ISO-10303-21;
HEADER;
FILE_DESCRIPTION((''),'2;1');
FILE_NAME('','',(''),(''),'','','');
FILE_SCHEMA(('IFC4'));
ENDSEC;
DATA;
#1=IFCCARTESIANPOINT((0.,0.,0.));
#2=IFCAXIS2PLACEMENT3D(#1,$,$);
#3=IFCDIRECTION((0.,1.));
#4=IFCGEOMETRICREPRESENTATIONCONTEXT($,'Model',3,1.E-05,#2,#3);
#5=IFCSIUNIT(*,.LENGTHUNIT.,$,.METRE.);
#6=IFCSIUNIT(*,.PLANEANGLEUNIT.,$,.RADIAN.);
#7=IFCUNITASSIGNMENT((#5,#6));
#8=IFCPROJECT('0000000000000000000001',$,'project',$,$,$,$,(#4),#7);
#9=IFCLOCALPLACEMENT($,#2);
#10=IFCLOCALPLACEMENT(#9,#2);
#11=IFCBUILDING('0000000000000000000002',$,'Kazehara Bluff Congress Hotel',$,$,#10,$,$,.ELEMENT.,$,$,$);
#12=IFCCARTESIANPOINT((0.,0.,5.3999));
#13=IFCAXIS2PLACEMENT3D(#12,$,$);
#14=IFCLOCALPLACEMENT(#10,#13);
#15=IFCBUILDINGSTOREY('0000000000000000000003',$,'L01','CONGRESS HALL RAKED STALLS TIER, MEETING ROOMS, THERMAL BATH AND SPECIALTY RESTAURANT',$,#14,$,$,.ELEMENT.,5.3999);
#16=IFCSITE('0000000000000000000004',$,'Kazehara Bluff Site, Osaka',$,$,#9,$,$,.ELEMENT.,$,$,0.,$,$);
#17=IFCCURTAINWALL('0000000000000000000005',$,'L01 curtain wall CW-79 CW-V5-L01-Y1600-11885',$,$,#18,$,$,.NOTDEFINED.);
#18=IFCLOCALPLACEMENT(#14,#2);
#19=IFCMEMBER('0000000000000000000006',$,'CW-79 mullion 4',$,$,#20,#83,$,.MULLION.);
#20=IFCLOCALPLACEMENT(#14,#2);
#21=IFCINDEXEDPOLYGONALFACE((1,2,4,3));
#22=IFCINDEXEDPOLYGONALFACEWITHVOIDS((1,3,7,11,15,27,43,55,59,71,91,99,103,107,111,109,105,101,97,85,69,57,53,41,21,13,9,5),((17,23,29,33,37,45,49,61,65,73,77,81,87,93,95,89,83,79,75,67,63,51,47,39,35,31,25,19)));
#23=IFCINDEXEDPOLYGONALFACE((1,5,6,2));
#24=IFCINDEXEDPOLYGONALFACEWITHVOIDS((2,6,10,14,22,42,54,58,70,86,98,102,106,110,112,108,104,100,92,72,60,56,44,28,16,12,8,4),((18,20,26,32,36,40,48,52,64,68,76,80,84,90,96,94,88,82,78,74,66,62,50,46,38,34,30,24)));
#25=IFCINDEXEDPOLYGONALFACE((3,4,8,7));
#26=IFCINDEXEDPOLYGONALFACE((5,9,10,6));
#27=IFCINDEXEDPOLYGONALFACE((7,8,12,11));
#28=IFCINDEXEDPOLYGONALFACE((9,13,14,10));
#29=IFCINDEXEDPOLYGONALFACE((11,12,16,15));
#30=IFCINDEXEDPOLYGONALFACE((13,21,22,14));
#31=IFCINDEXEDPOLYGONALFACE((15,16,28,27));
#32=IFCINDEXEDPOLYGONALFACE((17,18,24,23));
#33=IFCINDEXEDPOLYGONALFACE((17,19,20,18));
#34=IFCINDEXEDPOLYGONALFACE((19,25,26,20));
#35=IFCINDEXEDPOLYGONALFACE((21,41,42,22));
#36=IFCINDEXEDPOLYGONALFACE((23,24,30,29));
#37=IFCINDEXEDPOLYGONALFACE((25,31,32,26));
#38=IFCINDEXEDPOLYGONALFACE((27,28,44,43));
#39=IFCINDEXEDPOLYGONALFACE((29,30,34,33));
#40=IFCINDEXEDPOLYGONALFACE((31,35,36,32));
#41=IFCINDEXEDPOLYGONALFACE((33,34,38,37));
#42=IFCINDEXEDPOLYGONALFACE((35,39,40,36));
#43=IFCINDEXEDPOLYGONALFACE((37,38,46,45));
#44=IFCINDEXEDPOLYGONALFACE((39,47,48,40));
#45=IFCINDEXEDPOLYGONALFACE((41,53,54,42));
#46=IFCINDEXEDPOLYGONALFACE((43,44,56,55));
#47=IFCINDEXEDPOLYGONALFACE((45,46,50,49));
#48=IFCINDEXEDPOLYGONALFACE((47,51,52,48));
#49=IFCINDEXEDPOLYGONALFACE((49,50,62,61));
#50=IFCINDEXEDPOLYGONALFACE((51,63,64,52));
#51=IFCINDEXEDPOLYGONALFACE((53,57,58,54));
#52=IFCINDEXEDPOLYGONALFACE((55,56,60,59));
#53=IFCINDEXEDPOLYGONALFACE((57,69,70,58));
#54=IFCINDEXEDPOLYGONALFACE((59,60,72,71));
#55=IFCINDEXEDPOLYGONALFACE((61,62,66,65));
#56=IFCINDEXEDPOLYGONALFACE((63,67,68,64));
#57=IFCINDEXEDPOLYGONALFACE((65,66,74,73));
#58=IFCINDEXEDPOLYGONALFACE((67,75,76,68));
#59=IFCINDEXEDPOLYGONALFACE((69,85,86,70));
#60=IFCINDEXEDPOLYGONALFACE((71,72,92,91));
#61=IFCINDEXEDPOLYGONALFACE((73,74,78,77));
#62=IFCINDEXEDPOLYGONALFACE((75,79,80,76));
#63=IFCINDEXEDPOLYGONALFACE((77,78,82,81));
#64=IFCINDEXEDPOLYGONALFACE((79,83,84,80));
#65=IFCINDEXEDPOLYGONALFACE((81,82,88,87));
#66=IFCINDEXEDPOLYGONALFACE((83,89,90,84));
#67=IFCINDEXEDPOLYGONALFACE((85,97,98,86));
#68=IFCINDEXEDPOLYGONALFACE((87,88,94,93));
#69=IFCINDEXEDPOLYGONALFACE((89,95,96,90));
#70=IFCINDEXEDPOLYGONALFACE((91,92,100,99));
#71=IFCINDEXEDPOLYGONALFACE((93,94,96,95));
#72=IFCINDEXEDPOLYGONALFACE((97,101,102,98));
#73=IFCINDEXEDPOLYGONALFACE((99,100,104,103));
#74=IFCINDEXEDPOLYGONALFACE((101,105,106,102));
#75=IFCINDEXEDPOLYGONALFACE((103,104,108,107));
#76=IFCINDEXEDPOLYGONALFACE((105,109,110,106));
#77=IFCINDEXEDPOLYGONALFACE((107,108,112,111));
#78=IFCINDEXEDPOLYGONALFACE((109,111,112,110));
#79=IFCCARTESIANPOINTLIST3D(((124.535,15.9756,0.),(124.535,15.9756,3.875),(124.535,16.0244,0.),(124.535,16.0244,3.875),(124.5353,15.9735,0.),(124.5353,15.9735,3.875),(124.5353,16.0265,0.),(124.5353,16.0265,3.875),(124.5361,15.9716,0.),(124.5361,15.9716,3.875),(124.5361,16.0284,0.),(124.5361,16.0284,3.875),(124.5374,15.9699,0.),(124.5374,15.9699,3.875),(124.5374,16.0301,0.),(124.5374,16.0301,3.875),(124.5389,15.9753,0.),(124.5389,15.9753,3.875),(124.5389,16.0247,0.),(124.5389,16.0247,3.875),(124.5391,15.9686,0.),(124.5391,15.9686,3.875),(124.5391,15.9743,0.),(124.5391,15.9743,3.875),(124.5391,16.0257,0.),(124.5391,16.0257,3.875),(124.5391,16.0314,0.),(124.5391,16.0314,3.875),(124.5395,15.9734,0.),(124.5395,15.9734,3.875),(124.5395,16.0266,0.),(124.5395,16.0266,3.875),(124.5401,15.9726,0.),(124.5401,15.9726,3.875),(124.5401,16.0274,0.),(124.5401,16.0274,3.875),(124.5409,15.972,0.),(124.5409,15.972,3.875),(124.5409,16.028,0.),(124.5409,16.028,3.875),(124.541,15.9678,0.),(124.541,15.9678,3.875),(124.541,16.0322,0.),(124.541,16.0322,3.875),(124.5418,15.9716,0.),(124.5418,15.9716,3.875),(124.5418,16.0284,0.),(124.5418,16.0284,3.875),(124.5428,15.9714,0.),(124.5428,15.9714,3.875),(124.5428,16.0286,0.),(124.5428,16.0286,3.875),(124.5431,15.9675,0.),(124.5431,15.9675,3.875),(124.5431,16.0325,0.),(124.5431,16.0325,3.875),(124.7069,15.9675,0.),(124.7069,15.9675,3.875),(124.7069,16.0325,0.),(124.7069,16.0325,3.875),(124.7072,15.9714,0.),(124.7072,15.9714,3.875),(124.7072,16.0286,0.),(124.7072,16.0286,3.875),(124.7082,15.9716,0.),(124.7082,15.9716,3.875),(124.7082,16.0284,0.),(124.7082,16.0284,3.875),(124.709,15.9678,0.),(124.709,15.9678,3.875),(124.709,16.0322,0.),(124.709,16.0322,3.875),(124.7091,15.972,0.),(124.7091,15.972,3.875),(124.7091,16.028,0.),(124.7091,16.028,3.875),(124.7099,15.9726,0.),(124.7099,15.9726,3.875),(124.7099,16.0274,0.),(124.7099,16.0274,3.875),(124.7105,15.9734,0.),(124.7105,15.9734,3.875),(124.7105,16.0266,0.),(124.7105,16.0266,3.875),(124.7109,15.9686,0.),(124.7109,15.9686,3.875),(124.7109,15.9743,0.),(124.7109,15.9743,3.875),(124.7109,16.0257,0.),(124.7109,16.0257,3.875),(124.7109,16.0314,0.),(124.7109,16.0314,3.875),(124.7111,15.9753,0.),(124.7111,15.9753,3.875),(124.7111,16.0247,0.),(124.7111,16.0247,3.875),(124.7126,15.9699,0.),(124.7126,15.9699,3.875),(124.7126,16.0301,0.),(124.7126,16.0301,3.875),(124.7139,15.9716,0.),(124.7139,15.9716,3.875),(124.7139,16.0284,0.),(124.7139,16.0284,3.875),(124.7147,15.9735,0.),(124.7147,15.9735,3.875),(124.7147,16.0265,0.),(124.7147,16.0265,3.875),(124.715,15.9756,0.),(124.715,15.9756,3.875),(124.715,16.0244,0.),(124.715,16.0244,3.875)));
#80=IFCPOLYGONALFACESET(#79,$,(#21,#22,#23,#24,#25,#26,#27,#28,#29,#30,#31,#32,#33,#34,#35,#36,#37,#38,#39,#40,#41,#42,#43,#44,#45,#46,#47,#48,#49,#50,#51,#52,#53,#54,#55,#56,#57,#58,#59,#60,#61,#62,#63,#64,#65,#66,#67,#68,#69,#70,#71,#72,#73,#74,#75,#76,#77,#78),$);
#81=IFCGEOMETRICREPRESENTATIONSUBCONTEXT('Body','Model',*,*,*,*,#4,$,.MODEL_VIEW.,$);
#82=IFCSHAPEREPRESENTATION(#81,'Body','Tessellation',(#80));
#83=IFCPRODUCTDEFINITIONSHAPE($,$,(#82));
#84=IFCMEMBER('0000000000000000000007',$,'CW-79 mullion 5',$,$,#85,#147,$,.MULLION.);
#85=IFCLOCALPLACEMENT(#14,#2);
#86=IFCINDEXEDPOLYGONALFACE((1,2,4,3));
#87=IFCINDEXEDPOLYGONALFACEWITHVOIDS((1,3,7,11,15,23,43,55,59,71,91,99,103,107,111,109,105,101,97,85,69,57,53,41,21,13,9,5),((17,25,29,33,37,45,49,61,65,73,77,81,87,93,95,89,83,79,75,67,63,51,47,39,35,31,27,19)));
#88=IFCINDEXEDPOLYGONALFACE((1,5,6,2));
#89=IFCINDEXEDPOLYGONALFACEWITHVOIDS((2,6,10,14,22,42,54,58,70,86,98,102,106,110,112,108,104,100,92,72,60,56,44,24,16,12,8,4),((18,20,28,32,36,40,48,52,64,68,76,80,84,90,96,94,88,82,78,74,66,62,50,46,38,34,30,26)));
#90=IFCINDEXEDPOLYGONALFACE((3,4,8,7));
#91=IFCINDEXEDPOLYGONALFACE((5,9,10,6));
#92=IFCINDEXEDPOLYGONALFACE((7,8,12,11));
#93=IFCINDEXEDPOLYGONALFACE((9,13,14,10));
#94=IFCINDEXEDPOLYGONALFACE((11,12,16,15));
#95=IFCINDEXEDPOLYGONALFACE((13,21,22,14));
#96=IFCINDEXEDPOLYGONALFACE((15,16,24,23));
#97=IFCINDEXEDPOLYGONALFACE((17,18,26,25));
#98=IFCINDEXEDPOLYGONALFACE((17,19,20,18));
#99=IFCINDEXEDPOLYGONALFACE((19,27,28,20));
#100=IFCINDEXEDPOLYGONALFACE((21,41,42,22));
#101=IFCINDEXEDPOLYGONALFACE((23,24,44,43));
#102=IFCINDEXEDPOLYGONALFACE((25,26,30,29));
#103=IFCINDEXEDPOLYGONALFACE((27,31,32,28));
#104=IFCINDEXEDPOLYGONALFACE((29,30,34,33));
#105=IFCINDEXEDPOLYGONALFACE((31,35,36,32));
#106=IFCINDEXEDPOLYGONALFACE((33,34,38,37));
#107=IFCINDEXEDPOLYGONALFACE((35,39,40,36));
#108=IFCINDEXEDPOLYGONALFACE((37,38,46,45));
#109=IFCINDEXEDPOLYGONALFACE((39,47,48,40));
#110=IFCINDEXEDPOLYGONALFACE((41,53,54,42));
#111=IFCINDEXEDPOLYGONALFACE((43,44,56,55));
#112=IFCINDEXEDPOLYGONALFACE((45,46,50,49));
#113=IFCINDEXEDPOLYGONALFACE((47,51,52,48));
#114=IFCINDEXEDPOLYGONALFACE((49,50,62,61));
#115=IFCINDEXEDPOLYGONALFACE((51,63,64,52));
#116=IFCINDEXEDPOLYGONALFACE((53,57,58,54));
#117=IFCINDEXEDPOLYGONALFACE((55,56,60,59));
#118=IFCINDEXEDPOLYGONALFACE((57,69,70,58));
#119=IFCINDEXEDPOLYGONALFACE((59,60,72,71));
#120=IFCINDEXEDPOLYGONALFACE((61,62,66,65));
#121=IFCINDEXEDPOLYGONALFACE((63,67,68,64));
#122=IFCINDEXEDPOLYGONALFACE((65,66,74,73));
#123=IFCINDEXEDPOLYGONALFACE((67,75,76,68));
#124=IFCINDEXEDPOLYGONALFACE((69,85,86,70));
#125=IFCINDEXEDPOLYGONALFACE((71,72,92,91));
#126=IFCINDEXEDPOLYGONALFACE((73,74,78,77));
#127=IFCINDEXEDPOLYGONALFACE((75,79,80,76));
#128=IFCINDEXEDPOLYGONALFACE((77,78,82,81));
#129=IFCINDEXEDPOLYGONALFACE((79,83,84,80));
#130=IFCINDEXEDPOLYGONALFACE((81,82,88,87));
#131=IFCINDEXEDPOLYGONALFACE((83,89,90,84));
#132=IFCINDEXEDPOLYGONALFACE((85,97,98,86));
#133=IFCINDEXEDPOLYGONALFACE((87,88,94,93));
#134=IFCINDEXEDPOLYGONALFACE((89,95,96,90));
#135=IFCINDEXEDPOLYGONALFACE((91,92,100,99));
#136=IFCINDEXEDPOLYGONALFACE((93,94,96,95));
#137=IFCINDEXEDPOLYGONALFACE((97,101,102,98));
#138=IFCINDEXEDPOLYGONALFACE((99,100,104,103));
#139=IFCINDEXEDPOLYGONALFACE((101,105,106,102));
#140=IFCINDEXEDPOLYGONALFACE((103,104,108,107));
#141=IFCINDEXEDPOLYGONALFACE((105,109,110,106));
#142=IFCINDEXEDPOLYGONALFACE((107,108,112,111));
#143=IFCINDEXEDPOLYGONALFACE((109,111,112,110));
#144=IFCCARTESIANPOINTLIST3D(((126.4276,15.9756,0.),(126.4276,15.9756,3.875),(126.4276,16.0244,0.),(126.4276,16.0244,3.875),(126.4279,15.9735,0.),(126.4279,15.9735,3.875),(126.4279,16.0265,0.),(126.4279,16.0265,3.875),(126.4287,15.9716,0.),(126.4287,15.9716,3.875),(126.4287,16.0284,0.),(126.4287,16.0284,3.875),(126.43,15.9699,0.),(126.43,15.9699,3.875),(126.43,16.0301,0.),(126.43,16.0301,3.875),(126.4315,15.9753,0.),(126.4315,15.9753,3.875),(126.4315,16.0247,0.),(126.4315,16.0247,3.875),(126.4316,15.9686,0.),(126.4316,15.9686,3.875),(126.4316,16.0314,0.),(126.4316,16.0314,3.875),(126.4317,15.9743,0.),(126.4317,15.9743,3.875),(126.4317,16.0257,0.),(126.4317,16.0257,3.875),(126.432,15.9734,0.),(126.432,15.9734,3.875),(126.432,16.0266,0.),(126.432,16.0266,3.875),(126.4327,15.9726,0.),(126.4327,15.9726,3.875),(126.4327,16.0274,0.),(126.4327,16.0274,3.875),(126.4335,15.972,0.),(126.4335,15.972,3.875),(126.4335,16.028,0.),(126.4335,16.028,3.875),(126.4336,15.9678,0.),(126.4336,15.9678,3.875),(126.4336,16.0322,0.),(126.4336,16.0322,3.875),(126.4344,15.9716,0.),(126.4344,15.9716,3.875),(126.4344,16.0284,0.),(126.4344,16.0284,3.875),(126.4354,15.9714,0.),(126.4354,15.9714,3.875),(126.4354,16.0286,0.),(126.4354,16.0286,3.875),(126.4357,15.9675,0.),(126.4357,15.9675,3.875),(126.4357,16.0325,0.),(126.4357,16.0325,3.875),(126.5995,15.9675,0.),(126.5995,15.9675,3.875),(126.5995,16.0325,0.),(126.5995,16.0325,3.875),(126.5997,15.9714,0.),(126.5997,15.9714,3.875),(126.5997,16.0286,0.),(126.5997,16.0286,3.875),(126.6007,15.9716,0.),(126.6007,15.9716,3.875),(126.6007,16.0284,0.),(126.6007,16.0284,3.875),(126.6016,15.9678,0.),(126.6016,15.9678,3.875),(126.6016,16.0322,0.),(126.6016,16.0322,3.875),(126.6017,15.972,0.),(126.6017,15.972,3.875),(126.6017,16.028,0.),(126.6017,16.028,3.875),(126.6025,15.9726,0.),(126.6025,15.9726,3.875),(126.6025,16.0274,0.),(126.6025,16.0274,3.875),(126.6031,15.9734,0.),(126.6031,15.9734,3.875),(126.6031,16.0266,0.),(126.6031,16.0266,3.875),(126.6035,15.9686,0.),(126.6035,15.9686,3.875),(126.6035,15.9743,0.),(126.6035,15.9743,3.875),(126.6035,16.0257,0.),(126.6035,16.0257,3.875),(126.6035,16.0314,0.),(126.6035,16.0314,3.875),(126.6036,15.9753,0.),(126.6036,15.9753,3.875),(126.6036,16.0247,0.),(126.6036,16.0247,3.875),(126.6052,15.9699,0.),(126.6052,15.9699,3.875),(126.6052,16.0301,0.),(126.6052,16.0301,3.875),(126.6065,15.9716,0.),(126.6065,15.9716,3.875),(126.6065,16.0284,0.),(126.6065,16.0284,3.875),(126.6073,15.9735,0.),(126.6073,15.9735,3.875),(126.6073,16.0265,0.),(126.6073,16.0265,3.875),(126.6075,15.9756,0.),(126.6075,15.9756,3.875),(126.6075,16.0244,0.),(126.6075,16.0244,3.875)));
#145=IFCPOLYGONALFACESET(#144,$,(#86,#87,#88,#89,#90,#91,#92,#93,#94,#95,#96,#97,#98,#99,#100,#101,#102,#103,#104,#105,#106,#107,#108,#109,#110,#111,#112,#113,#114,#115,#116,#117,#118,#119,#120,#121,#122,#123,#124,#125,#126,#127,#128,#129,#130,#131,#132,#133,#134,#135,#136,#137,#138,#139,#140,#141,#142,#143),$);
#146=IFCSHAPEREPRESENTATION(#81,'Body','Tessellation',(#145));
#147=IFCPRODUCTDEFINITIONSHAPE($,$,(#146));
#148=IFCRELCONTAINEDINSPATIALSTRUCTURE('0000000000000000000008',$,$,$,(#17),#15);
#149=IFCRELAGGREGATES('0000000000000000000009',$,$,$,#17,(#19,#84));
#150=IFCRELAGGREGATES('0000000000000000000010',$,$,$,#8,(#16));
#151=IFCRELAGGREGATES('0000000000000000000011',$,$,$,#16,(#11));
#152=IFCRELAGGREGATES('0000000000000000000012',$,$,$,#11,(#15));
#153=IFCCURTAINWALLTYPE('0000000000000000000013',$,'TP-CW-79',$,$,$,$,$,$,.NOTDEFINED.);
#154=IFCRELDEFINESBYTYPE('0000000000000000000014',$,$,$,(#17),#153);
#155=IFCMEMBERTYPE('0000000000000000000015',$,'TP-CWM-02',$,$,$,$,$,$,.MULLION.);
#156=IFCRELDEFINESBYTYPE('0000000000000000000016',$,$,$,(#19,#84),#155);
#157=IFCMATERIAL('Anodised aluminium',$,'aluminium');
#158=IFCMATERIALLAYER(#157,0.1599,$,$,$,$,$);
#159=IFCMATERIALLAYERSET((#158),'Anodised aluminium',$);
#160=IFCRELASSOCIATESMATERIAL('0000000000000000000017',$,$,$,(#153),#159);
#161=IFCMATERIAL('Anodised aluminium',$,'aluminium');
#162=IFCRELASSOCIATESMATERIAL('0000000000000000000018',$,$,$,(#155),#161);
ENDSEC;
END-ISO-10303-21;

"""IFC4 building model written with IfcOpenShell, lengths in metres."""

from ifc_helpers import new_model, si_unit, direction, frame, origin, origin_2d, place, context, subcontext, project, spatial, hollow_rectangle, extrude, material, layer, layer_set, material_profile, profile_set, type_object, element, aggregate, save


model = new_model("IFC4")

# Units and contexts
model_context = context("Model", 3, precision=1e-05, world=origin(), true_north=direction((0.0, 1.0)))
body_context = subcontext(model_context, "Body", "Model", "MODEL_VIEW")
ifc_project = project(units=[si_unit("LENGTHUNIT", "METRE"), si_unit("PLANEANGLEUNIT", "RADIAN")], contexts=[model_context])

# Site, building, storey
site_placement = place(None, origin())
site = spatial("IfcSite", under=ifc_project, at=site_placement, Name="Kazehara Bluff Site, Osaka", CompositionType="ELEMENT", RefElevation=0.0)
building_placement = place(site_placement, origin())
building = spatial("IfcBuilding", under=site, at=building_placement, Name="Kazehara Bluff Congress Hotel", CompositionType="ELEMENT")
storey_placement = place(building_placement, frame((0.0, 0.0, 5.3999)))
storey = spatial("IfcBuildingStorey", under=building, at=storey_placement, Name="L01", Description="CONGRESS HALL RAKED STALLS TIER, MEETING ROOMS, THERMAL BATH AND SPECIALTY RESTAURANT", CompositionType="ELEMENT", Elevation=5.3999)

# Curtain wall, members
ifc_material_1 = material(Name="Anodised aluminium", Category="aluminium")
ifc_layer_1 = layer(ifc_material_1, 0.1599)
ifc_layer_set_1 = layer_set([ifc_layer_1], Name="Anodised aluminium")
curtain_wall_type = type_object("IfcCurtainWallType", Name="TP-CW-79", PredefinedType="NOTDEFINED", material=ifc_layer_set_1)
curtain_wall_placement = place(storey_placement, origin())
curtain_wall = element("IfcCurtainWall", 1, at=curtain_wall_placement, inside=storey, type_object=curtain_wall_type, Name="L01 curtain wall CW-79 CW-V5-L01-Y1600-11885", PredefinedType="NOTDEFINED")
ifc_material_2 = material(Name="Anodised aluminium", Category="aluminium")
ifc_material_profile_1 = material_profile(ifc_material_2, hollow_rectangle(XDim=0.0649, YDim=0.1799, WallThickness=0.0039, InnerFilletRadius=0.0039, OuterFilletRadius=0.0081, at=origin_2d()))
ifc_profile_set_1 = profile_set([ifc_material_profile_1], Name="Anodised aluminium")
member_type_1 = type_object("IfcMemberType", Name="TP-CWM-02", PredefinedType="MULLION", material=ifc_profile_set_1)
member_1_placement = place(storey_placement, frame((124.625, 16.0, 0.0), z_axis=(0.0, 0.0, 1.0), x_axis=(0.0, 1.0, 0.0)))
member_1 = element("IfcMember", 2, at=member_1_placement, type_object=member_type_1, Name="CW-79 mullion 4", PredefinedType="MULLION", context=body_context, shape_type="SweptSolid", body=[
    extrude(hollow_rectangle(XDim=0.0649, YDim=0.1799, WallThickness=0.0039, InnerFilletRadius=0.0039, OuterFilletRadius=0.0081, at=origin_2d()), origin(), (0.0, 0.0, 1.0), 3.875),
])
member_2_placement = place(storey_placement, frame((126.5176, 16.0, 0.0), z_axis=(0.0, 0.0, 1.0), x_axis=(0.0, 1.0, 0.0)))
member_2 = element("IfcMember", 3, at=member_2_placement, type_object=member_type_1, Name="CW-79 mullion 5", PredefinedType="MULLION", context=body_context, shape_type="SweptSolid", body=[
    extrude(hollow_rectangle(XDim=0.0649, YDim=0.1799, WallThickness=0.0039, InnerFilletRadius=0.0039, OuterFilletRadius=0.0081, at=origin_2d()), origin(), (0.0, 0.0, 1.0), 3.875),
])
aggregate(curtain_wall, [member_1, member_2])

save(model, "model.ifc")
